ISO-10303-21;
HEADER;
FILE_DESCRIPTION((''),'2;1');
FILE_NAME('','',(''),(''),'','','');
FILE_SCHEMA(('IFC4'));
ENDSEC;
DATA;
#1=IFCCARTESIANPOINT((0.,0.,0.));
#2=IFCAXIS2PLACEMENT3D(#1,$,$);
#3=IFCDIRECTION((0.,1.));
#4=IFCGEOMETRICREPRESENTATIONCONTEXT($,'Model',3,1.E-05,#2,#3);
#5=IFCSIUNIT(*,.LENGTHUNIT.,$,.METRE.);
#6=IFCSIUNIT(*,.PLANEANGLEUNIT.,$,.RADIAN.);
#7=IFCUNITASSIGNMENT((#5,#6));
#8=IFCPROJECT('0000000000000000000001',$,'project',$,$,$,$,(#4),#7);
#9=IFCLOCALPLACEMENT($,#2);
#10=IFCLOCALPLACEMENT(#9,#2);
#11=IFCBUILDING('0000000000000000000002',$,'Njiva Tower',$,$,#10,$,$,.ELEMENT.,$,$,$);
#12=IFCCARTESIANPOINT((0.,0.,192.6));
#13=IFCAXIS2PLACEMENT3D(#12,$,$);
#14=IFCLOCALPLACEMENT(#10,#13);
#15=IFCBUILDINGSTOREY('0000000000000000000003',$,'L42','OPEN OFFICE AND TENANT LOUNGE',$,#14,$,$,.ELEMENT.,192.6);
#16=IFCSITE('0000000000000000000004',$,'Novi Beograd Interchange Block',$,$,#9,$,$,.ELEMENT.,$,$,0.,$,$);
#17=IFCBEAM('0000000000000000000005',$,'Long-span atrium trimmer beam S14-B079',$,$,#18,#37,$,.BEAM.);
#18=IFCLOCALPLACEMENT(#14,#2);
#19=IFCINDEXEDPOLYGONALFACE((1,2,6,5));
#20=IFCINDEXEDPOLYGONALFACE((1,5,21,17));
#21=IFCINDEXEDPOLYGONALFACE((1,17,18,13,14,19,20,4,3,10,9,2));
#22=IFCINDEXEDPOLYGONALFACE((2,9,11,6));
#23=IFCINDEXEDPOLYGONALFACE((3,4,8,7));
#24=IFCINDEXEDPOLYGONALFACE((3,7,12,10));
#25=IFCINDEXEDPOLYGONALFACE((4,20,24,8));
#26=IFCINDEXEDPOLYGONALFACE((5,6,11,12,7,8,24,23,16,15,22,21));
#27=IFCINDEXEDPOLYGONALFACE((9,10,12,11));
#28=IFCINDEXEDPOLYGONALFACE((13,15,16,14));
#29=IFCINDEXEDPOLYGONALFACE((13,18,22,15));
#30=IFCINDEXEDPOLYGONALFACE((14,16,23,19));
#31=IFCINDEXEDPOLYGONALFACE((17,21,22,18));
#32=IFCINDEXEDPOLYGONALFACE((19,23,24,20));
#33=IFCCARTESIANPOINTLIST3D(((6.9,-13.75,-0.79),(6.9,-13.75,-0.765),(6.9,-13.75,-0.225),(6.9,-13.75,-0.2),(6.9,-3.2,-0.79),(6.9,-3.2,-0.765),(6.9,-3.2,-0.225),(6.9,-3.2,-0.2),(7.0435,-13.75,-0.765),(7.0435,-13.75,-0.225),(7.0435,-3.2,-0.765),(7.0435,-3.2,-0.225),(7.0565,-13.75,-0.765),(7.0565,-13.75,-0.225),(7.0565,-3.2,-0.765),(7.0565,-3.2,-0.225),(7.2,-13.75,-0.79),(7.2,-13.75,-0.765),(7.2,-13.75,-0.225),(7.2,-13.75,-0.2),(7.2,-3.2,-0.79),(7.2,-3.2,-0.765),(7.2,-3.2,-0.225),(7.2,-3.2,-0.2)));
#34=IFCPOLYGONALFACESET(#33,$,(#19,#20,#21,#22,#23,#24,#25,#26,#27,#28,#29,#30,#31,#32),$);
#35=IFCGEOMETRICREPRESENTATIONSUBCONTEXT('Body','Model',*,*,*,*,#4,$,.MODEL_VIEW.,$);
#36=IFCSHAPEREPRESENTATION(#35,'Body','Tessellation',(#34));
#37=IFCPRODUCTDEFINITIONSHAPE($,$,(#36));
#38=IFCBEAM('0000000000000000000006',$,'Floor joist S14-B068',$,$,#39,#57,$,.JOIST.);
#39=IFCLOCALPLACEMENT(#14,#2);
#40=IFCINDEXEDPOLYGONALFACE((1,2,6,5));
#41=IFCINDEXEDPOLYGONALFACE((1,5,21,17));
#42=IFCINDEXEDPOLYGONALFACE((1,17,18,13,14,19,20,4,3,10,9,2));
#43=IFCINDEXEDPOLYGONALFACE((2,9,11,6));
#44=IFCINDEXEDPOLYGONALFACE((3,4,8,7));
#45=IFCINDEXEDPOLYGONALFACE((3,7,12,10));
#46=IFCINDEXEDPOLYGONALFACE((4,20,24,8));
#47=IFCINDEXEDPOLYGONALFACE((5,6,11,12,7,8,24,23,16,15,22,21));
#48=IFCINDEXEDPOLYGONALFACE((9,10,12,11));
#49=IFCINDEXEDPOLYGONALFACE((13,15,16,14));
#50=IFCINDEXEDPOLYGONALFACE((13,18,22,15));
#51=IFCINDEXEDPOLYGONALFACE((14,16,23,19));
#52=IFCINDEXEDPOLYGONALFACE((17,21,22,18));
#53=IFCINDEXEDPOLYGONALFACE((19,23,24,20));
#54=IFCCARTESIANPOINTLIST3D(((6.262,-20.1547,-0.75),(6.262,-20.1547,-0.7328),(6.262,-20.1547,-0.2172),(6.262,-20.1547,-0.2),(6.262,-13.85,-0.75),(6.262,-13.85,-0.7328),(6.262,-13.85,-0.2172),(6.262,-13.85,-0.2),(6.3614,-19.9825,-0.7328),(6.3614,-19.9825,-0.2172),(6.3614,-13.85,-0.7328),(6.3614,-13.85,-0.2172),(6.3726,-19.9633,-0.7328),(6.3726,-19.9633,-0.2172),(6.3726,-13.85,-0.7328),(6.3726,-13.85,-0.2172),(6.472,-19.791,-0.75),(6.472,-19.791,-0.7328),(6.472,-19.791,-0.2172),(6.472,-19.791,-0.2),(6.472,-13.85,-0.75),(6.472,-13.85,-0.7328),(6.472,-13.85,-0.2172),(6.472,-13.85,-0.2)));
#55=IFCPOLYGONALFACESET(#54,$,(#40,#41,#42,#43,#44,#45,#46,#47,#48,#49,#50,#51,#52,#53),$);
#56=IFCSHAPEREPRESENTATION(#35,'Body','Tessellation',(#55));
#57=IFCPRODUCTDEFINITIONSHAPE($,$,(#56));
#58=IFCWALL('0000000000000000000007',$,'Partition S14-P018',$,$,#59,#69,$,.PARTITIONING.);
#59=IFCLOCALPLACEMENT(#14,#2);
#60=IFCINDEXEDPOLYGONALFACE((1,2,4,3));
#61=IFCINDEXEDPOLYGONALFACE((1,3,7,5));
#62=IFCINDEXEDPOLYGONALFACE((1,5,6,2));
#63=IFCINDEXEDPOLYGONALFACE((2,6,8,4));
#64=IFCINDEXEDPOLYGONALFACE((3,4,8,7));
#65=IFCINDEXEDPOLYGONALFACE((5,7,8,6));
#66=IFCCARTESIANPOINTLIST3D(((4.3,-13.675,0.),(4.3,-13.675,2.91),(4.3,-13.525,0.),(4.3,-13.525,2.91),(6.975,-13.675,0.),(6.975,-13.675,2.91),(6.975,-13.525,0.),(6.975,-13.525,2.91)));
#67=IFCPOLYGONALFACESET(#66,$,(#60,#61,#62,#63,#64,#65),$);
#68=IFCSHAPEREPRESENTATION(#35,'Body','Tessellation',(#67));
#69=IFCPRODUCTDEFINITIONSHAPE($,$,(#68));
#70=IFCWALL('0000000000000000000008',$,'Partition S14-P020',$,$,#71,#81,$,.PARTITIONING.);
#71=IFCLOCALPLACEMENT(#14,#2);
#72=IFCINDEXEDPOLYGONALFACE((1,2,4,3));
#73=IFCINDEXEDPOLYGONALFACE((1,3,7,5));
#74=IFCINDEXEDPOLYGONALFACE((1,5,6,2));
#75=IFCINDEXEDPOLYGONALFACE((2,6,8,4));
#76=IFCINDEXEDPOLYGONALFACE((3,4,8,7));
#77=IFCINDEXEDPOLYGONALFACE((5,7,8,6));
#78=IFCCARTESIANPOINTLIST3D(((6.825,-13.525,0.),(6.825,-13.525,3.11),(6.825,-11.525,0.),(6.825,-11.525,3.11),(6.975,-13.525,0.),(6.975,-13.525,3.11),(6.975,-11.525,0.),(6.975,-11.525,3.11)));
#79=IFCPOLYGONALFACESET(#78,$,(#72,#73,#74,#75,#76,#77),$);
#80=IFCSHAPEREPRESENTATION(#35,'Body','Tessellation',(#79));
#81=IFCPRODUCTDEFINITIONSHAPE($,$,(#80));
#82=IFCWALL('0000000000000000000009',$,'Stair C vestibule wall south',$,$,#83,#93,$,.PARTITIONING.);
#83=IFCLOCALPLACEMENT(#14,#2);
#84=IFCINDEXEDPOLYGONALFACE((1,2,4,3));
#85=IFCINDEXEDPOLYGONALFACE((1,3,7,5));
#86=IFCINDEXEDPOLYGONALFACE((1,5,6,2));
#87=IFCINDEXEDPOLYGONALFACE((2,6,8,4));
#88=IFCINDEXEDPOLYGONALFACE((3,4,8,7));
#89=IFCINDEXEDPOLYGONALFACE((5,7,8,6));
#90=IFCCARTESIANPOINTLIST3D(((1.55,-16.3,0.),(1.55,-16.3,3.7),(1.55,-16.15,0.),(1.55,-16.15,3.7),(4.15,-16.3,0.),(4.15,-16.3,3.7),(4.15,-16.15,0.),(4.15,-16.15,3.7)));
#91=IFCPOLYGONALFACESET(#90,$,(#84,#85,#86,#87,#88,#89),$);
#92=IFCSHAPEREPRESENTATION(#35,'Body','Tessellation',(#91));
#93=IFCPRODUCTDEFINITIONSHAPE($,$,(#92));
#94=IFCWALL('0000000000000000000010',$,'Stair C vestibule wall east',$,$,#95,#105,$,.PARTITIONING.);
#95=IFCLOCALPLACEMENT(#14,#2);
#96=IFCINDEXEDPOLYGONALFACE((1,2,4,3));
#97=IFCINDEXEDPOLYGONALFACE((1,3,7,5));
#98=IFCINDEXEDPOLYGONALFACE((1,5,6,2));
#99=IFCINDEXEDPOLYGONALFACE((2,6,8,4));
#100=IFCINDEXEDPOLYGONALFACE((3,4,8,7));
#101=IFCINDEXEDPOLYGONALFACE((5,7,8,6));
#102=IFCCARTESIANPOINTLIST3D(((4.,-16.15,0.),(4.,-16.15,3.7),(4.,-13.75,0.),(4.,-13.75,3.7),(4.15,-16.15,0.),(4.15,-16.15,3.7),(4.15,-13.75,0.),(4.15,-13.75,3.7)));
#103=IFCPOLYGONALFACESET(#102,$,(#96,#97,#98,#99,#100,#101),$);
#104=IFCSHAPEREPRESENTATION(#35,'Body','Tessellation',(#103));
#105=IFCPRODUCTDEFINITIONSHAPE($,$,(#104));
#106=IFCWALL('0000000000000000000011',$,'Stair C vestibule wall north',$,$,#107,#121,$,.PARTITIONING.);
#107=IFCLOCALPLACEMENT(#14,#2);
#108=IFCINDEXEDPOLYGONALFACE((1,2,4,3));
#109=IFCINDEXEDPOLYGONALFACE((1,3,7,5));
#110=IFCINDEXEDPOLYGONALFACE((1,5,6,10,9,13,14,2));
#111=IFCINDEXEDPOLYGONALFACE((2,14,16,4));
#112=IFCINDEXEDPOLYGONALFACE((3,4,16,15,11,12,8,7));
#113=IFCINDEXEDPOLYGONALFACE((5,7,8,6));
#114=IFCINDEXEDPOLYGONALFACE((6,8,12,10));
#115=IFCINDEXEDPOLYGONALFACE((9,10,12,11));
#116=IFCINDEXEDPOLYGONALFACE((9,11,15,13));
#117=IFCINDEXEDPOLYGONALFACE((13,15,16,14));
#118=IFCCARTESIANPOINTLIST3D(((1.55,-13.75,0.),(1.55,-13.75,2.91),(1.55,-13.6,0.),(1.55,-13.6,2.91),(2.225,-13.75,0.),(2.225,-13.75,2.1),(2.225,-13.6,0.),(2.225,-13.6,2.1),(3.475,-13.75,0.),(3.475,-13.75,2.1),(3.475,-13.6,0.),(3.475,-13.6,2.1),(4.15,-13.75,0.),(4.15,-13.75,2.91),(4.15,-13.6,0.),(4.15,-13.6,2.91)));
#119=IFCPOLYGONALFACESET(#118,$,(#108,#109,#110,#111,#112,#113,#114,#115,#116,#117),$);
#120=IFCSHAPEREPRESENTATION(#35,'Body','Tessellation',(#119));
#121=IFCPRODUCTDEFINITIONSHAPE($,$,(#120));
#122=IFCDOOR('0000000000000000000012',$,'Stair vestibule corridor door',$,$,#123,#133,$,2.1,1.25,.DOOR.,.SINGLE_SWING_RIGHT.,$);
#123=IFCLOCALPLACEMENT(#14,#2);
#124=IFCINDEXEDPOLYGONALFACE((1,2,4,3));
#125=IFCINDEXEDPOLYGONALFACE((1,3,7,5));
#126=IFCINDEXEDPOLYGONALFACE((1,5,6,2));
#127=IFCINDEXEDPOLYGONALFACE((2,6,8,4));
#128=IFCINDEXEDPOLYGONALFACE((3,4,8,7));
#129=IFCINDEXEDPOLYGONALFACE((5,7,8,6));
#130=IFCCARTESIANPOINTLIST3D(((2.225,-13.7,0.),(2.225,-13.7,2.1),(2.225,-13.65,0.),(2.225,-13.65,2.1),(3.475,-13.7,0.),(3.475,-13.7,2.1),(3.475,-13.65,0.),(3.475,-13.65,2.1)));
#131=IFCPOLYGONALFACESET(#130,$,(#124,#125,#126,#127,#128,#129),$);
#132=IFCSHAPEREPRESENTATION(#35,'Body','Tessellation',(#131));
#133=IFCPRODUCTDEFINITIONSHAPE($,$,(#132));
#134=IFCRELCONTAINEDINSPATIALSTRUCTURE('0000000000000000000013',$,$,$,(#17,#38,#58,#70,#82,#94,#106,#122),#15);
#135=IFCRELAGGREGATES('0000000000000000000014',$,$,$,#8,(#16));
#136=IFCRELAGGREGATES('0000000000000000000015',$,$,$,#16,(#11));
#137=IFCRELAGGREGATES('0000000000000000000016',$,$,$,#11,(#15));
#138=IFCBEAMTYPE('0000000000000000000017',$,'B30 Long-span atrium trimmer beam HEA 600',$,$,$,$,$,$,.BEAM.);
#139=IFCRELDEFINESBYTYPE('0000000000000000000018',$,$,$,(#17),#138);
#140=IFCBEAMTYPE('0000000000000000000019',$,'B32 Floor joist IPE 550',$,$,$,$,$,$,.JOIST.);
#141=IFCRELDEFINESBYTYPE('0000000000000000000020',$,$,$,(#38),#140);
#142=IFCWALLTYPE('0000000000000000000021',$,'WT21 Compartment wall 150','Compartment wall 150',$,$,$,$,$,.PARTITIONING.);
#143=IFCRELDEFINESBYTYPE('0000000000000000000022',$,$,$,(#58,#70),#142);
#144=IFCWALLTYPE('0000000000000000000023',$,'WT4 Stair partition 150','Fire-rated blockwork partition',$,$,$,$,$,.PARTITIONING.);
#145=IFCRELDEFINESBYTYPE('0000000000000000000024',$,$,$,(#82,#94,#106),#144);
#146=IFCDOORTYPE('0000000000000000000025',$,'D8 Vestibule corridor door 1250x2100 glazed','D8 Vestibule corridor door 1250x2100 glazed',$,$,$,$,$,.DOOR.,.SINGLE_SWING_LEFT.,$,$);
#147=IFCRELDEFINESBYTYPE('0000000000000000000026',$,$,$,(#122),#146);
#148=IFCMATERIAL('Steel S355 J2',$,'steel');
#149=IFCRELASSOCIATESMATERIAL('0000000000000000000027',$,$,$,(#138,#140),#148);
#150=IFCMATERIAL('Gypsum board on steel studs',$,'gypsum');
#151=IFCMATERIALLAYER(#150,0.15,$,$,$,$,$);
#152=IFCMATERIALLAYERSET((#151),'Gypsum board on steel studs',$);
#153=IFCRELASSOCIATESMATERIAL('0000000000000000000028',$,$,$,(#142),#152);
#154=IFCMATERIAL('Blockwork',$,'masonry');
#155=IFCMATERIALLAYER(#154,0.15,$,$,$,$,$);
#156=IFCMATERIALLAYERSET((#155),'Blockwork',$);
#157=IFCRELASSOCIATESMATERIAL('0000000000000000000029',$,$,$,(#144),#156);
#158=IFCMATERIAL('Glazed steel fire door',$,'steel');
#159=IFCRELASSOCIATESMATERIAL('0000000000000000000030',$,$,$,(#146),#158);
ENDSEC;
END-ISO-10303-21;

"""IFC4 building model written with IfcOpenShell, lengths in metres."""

from ifc_helpers import new_model, si_unit, direction, frame, frame_2d, origin, origin_2d, place, context, subcontext, project, spatial, rectangle, i_section, extrude, clip, halfspace, material, layer, layer_set, material_profile, profile_set, type_object, element, fill, save


model = new_model("IFC4")

# Units and contexts
model_context = context("Model", 3, precision=1e-05, world=origin(), true_north=direction((0.0, 1.0)))
body_context = subcontext(model_context, "Body", "Model", "MODEL_VIEW")
ifc_project = project(units=[si_unit("LENGTHUNIT", "METRE"), si_unit("PLANEANGLEUNIT", "RADIAN")], contexts=[model_context])

# Site, building, storey
site_placement = place(None, origin())
site = spatial("IfcSite", under=ifc_project, at=site_placement, Name="Novi Beograd Interchange Block", CompositionType="ELEMENT", RefElevation=0.0)
building_placement = place(site_placement, origin())
building = spatial("IfcBuilding", under=site, at=building_placement, Name="Njiva Tower", CompositionType="ELEMENT")
storey_placement = place(building_placement, frame((0.0, 0.0, 192.6)))
storey = spatial("IfcBuildingStorey", under=building, at=storey_placement, Name="L42", Description="OPEN OFFICE AND TENANT LOUNGE", CompositionType="ELEMENT", Elevation=192.6)

# Shared definitions
ifc_material_1 = material(Name="Steel S355 J2", Category="steel")

# Beams
ifc_material_profile_1 = material_profile(ifc_material_1, i_section(OverallWidth=0.3, OverallDepth=0.59, WebThickness=0.013, FlangeThickness=0.025, at=origin_2d()), Name="HEA 600")
ifc_profile_set_1 = profile_set([ifc_material_profile_1], Name="Steel S355 J2")
beam_type_1 = type_object("IfcBeamType", Name="B30 Long-span atrium trimmer beam HEA 600", PredefinedType="BEAM", material=ifc_profile_set_1)
beam_1_placement = place(storey_placement, frame((7.05, -13.75, -0.495), z_axis=(0.0, 1.0, 0.0), x_axis=(-1.0, 0.0, 0.0)))
element("IfcBeam", 1, at=beam_1_placement, inside=storey, type_object=beam_type_1, Name="Long-span atrium trimmer beam S14-B079", PredefinedType="BEAM", context=body_context, shape_type="SweptSolid", body=[
    extrude(i_section(OverallWidth=0.3, OverallDepth=0.59, WebThickness=0.013, FlangeThickness=0.025, at=origin_2d()), origin(), (0.0, 0.0, 1.0), 10.55),
])
ifc_material_profile_2 = material_profile(ifc_material_1, i_section(OverallWidth=0.21, OverallDepth=0.55, WebThickness=0.0111, FlangeThickness=0.0172, at=origin_2d()), Name="IPE 550")
ifc_profile_set_2 = profile_set([ifc_material_profile_2], Name="Steel S355 J2")
beam_type_2 = type_object("IfcBeamType", Name="B32 Floor joist IPE 550", PredefinedType="JOIST", material=ifc_profile_set_2)
beam_2_placement = place(storey_placement, frame((6.367, -13.85, -0.475), z_axis=(0.0, -1.0, 0.0), x_axis=(1.0, 0.0, 0.0)))
element("IfcBeam", 2, at=beam_2_placement, inside=storey, type_object=beam_type_2, Name="Floor joist S14-B068", PredefinedType="JOIST", context=body_context, shape_type="Clipping", body=[
    clip(extrude(i_section(OverallWidth=0.21, OverallDepth=0.55, WebThickness=0.0111, FlangeThickness=0.0172, at=origin_2d()), origin(), (0.0, 0.0, 1.0), 6.325), halfspace(frame((0.043, 0.0, 6.0484), z_axis=(0.866027, 0.0, 0.499998), x_axis=(0.0, 1.0, 0.0)), False)),
])

# Walls
ifc_material_2 = material(Name="Gypsum board on steel studs", Category="gypsum")
ifc_layer_1 = layer(ifc_material_2, 0.15)
ifc_layer_set_1 = layer_set([ifc_layer_1], Name="Gypsum board on steel studs")
wall_type_1 = type_object("IfcWallType", Name="WT21 Compartment wall 150", Description="Compartment wall 150", PredefinedType="PARTITIONING", material=ifc_layer_set_1)
wall_1_placement = place(storey_placement, frame((4.3, -13.6, 0.0), z_axis=(0.0, 0.0, 1.0), x_axis=(1.0, 0.0, 0.0)))
element("IfcWall", 3, at=wall_1_placement, inside=storey, type_object=wall_type_1, Name="Partition S14-P018", PredefinedType="PARTITIONING", context=body_context, shape_type="SweptSolid", body=[
    extrude(rectangle(XDim=2.675, YDim=0.15, at=frame_2d((1.3375, 0.0))), origin(), (0.0, 0.0, 1.0), 2.91),
])
wall_2_placement = place(storey_placement, frame((6.9, -13.525, 0.0), z_axis=(0.0, 0.0, 1.0), x_axis=(0.0, 1.0, 0.0)))
element("IfcWall", 4, at=wall_2_placement, inside=storey, type_object=wall_type_1, Name="Partition S14-P020", PredefinedType="PARTITIONING", context=body_context, shape_type="SweptSolid", body=[
    extrude(rectangle(XDim=2.0, YDim=0.15, at=frame_2d((1.0, 0.0))), origin(), (0.0, 0.0, 1.0), 3.11),
])
ifc_material_3 = material(Name="Blockwork", Category="masonry")
ifc_layer_2 = layer(ifc_material_3, 0.15)
ifc_layer_set_2 = layer_set([ifc_layer_2], Name="Blockwork")
wall_type_2 = type_object("IfcWallType", Name="WT4 Stair partition 150", Description="Fire-rated blockwork partition", PredefinedType="PARTITIONING", material=ifc_layer_set_2)
wall_3_placement = place(storey_placement, frame((1.55, -16.225, 0.0), z_axis=(0.0, 0.0, 1.0), x_axis=(1.0, 0.0, 0.0)))
element("IfcWall", 5, at=wall_3_placement, inside=storey, type_object=wall_type_2, Name="Stair C vestibule wall south", PredefinedType="PARTITIONING", context=body_context, shape_type="SweptSolid", body=[
    extrude(rectangle(XDim=2.6, YDim=0.15, at=frame_2d((1.3, 0.0))), origin(), (0.0, 0.0, 1.0), 3.7),
])
wall_4_placement = place(storey_placement, frame((4.075, -16.15, 0.0), z_axis=(0.0, 0.0, 1.0), x_axis=(0.0, 1.0, 0.0)))
element("IfcWall", 6, at=wall_4_placement, inside=storey, type_object=wall_type_2, Name="Stair C vestibule wall east", PredefinedType="PARTITIONING", context=body_context, shape_type="SweptSolid", body=[
    extrude(rectangle(XDim=2.4, YDim=0.15, at=frame_2d((1.2, 0.0))), origin(), (0.0, 0.0, 1.0), 3.7),
])

# Wall, opening, door
wall_5_placement = place(storey_placement, frame((1.55, -13.675, 0.0), z_axis=(0.0, 0.0, 1.0), x_axis=(1.0, 0.0, 0.0)))
wall_5 = element("IfcWall", 7, at=wall_5_placement, inside=storey, type_object=wall_type_2, Name="Stair C vestibule wall north", PredefinedType="PARTITIONING", context=body_context, shape_type="SweptSolid", body=[
    extrude(rectangle(XDim=2.6, YDim=0.15, at=frame_2d((1.3, 0.0))), origin(), (0.0, 0.0, 1.0), 2.91),
])
opening_placement = place(wall_5_placement, frame((0.675, 0.0, 0.0)))
opening = element("IfcOpeningElement", 8, at=opening_placement, cuts=wall_5, PredefinedType="OPENING", context=body_context, shape_type="SweptSolid", body=[
    extrude(rectangle(XDim=1.25, YDim=2.1, at=frame_2d((0.625, 1.05))), frame((0.0, 0.085, 0.0), z_axis=(0.0, -1.0, 0.0), x_axis=(1.0, 0.0, 0.0)), (0.0, 0.0, 1.0), 0.17),
])
ifc_material_4 = material(Name="Glazed steel fire door", Category="steel")
door_type = type_object("IfcDoorType", Name="D8 Vestibule corridor door 1250x2100 glazed", Description="D8 Vestibule corridor door 1250x2100 glazed", OperationType="SINGLE_SWING_LEFT", PredefinedType="DOOR", material=ifc_material_4)
door_placement = place(opening_placement, origin())
door = element("IfcDoor", 9, at=door_placement, inside=storey, type_object=door_type, Name="Stair vestibule corridor door", OperationType="SINGLE_SWING_RIGHT", OverallHeight=2.1, OverallWidth=1.25, PredefinedType="DOOR", context=body_context, shape_type="SweptSolid", body=[
    extrude(rectangle(XDim=1.25, YDim=2.1, at=frame_2d((0.625, 1.05))), frame((0.0, 0.025, 0.0), z_axis=(0.0, -1.0, 0.0), x_axis=(1.0, 0.0, 0.0)), (0.0, 0.0, 1.0), 0.05),
])
fill(opening, door)

save(model, "model.ifc")
